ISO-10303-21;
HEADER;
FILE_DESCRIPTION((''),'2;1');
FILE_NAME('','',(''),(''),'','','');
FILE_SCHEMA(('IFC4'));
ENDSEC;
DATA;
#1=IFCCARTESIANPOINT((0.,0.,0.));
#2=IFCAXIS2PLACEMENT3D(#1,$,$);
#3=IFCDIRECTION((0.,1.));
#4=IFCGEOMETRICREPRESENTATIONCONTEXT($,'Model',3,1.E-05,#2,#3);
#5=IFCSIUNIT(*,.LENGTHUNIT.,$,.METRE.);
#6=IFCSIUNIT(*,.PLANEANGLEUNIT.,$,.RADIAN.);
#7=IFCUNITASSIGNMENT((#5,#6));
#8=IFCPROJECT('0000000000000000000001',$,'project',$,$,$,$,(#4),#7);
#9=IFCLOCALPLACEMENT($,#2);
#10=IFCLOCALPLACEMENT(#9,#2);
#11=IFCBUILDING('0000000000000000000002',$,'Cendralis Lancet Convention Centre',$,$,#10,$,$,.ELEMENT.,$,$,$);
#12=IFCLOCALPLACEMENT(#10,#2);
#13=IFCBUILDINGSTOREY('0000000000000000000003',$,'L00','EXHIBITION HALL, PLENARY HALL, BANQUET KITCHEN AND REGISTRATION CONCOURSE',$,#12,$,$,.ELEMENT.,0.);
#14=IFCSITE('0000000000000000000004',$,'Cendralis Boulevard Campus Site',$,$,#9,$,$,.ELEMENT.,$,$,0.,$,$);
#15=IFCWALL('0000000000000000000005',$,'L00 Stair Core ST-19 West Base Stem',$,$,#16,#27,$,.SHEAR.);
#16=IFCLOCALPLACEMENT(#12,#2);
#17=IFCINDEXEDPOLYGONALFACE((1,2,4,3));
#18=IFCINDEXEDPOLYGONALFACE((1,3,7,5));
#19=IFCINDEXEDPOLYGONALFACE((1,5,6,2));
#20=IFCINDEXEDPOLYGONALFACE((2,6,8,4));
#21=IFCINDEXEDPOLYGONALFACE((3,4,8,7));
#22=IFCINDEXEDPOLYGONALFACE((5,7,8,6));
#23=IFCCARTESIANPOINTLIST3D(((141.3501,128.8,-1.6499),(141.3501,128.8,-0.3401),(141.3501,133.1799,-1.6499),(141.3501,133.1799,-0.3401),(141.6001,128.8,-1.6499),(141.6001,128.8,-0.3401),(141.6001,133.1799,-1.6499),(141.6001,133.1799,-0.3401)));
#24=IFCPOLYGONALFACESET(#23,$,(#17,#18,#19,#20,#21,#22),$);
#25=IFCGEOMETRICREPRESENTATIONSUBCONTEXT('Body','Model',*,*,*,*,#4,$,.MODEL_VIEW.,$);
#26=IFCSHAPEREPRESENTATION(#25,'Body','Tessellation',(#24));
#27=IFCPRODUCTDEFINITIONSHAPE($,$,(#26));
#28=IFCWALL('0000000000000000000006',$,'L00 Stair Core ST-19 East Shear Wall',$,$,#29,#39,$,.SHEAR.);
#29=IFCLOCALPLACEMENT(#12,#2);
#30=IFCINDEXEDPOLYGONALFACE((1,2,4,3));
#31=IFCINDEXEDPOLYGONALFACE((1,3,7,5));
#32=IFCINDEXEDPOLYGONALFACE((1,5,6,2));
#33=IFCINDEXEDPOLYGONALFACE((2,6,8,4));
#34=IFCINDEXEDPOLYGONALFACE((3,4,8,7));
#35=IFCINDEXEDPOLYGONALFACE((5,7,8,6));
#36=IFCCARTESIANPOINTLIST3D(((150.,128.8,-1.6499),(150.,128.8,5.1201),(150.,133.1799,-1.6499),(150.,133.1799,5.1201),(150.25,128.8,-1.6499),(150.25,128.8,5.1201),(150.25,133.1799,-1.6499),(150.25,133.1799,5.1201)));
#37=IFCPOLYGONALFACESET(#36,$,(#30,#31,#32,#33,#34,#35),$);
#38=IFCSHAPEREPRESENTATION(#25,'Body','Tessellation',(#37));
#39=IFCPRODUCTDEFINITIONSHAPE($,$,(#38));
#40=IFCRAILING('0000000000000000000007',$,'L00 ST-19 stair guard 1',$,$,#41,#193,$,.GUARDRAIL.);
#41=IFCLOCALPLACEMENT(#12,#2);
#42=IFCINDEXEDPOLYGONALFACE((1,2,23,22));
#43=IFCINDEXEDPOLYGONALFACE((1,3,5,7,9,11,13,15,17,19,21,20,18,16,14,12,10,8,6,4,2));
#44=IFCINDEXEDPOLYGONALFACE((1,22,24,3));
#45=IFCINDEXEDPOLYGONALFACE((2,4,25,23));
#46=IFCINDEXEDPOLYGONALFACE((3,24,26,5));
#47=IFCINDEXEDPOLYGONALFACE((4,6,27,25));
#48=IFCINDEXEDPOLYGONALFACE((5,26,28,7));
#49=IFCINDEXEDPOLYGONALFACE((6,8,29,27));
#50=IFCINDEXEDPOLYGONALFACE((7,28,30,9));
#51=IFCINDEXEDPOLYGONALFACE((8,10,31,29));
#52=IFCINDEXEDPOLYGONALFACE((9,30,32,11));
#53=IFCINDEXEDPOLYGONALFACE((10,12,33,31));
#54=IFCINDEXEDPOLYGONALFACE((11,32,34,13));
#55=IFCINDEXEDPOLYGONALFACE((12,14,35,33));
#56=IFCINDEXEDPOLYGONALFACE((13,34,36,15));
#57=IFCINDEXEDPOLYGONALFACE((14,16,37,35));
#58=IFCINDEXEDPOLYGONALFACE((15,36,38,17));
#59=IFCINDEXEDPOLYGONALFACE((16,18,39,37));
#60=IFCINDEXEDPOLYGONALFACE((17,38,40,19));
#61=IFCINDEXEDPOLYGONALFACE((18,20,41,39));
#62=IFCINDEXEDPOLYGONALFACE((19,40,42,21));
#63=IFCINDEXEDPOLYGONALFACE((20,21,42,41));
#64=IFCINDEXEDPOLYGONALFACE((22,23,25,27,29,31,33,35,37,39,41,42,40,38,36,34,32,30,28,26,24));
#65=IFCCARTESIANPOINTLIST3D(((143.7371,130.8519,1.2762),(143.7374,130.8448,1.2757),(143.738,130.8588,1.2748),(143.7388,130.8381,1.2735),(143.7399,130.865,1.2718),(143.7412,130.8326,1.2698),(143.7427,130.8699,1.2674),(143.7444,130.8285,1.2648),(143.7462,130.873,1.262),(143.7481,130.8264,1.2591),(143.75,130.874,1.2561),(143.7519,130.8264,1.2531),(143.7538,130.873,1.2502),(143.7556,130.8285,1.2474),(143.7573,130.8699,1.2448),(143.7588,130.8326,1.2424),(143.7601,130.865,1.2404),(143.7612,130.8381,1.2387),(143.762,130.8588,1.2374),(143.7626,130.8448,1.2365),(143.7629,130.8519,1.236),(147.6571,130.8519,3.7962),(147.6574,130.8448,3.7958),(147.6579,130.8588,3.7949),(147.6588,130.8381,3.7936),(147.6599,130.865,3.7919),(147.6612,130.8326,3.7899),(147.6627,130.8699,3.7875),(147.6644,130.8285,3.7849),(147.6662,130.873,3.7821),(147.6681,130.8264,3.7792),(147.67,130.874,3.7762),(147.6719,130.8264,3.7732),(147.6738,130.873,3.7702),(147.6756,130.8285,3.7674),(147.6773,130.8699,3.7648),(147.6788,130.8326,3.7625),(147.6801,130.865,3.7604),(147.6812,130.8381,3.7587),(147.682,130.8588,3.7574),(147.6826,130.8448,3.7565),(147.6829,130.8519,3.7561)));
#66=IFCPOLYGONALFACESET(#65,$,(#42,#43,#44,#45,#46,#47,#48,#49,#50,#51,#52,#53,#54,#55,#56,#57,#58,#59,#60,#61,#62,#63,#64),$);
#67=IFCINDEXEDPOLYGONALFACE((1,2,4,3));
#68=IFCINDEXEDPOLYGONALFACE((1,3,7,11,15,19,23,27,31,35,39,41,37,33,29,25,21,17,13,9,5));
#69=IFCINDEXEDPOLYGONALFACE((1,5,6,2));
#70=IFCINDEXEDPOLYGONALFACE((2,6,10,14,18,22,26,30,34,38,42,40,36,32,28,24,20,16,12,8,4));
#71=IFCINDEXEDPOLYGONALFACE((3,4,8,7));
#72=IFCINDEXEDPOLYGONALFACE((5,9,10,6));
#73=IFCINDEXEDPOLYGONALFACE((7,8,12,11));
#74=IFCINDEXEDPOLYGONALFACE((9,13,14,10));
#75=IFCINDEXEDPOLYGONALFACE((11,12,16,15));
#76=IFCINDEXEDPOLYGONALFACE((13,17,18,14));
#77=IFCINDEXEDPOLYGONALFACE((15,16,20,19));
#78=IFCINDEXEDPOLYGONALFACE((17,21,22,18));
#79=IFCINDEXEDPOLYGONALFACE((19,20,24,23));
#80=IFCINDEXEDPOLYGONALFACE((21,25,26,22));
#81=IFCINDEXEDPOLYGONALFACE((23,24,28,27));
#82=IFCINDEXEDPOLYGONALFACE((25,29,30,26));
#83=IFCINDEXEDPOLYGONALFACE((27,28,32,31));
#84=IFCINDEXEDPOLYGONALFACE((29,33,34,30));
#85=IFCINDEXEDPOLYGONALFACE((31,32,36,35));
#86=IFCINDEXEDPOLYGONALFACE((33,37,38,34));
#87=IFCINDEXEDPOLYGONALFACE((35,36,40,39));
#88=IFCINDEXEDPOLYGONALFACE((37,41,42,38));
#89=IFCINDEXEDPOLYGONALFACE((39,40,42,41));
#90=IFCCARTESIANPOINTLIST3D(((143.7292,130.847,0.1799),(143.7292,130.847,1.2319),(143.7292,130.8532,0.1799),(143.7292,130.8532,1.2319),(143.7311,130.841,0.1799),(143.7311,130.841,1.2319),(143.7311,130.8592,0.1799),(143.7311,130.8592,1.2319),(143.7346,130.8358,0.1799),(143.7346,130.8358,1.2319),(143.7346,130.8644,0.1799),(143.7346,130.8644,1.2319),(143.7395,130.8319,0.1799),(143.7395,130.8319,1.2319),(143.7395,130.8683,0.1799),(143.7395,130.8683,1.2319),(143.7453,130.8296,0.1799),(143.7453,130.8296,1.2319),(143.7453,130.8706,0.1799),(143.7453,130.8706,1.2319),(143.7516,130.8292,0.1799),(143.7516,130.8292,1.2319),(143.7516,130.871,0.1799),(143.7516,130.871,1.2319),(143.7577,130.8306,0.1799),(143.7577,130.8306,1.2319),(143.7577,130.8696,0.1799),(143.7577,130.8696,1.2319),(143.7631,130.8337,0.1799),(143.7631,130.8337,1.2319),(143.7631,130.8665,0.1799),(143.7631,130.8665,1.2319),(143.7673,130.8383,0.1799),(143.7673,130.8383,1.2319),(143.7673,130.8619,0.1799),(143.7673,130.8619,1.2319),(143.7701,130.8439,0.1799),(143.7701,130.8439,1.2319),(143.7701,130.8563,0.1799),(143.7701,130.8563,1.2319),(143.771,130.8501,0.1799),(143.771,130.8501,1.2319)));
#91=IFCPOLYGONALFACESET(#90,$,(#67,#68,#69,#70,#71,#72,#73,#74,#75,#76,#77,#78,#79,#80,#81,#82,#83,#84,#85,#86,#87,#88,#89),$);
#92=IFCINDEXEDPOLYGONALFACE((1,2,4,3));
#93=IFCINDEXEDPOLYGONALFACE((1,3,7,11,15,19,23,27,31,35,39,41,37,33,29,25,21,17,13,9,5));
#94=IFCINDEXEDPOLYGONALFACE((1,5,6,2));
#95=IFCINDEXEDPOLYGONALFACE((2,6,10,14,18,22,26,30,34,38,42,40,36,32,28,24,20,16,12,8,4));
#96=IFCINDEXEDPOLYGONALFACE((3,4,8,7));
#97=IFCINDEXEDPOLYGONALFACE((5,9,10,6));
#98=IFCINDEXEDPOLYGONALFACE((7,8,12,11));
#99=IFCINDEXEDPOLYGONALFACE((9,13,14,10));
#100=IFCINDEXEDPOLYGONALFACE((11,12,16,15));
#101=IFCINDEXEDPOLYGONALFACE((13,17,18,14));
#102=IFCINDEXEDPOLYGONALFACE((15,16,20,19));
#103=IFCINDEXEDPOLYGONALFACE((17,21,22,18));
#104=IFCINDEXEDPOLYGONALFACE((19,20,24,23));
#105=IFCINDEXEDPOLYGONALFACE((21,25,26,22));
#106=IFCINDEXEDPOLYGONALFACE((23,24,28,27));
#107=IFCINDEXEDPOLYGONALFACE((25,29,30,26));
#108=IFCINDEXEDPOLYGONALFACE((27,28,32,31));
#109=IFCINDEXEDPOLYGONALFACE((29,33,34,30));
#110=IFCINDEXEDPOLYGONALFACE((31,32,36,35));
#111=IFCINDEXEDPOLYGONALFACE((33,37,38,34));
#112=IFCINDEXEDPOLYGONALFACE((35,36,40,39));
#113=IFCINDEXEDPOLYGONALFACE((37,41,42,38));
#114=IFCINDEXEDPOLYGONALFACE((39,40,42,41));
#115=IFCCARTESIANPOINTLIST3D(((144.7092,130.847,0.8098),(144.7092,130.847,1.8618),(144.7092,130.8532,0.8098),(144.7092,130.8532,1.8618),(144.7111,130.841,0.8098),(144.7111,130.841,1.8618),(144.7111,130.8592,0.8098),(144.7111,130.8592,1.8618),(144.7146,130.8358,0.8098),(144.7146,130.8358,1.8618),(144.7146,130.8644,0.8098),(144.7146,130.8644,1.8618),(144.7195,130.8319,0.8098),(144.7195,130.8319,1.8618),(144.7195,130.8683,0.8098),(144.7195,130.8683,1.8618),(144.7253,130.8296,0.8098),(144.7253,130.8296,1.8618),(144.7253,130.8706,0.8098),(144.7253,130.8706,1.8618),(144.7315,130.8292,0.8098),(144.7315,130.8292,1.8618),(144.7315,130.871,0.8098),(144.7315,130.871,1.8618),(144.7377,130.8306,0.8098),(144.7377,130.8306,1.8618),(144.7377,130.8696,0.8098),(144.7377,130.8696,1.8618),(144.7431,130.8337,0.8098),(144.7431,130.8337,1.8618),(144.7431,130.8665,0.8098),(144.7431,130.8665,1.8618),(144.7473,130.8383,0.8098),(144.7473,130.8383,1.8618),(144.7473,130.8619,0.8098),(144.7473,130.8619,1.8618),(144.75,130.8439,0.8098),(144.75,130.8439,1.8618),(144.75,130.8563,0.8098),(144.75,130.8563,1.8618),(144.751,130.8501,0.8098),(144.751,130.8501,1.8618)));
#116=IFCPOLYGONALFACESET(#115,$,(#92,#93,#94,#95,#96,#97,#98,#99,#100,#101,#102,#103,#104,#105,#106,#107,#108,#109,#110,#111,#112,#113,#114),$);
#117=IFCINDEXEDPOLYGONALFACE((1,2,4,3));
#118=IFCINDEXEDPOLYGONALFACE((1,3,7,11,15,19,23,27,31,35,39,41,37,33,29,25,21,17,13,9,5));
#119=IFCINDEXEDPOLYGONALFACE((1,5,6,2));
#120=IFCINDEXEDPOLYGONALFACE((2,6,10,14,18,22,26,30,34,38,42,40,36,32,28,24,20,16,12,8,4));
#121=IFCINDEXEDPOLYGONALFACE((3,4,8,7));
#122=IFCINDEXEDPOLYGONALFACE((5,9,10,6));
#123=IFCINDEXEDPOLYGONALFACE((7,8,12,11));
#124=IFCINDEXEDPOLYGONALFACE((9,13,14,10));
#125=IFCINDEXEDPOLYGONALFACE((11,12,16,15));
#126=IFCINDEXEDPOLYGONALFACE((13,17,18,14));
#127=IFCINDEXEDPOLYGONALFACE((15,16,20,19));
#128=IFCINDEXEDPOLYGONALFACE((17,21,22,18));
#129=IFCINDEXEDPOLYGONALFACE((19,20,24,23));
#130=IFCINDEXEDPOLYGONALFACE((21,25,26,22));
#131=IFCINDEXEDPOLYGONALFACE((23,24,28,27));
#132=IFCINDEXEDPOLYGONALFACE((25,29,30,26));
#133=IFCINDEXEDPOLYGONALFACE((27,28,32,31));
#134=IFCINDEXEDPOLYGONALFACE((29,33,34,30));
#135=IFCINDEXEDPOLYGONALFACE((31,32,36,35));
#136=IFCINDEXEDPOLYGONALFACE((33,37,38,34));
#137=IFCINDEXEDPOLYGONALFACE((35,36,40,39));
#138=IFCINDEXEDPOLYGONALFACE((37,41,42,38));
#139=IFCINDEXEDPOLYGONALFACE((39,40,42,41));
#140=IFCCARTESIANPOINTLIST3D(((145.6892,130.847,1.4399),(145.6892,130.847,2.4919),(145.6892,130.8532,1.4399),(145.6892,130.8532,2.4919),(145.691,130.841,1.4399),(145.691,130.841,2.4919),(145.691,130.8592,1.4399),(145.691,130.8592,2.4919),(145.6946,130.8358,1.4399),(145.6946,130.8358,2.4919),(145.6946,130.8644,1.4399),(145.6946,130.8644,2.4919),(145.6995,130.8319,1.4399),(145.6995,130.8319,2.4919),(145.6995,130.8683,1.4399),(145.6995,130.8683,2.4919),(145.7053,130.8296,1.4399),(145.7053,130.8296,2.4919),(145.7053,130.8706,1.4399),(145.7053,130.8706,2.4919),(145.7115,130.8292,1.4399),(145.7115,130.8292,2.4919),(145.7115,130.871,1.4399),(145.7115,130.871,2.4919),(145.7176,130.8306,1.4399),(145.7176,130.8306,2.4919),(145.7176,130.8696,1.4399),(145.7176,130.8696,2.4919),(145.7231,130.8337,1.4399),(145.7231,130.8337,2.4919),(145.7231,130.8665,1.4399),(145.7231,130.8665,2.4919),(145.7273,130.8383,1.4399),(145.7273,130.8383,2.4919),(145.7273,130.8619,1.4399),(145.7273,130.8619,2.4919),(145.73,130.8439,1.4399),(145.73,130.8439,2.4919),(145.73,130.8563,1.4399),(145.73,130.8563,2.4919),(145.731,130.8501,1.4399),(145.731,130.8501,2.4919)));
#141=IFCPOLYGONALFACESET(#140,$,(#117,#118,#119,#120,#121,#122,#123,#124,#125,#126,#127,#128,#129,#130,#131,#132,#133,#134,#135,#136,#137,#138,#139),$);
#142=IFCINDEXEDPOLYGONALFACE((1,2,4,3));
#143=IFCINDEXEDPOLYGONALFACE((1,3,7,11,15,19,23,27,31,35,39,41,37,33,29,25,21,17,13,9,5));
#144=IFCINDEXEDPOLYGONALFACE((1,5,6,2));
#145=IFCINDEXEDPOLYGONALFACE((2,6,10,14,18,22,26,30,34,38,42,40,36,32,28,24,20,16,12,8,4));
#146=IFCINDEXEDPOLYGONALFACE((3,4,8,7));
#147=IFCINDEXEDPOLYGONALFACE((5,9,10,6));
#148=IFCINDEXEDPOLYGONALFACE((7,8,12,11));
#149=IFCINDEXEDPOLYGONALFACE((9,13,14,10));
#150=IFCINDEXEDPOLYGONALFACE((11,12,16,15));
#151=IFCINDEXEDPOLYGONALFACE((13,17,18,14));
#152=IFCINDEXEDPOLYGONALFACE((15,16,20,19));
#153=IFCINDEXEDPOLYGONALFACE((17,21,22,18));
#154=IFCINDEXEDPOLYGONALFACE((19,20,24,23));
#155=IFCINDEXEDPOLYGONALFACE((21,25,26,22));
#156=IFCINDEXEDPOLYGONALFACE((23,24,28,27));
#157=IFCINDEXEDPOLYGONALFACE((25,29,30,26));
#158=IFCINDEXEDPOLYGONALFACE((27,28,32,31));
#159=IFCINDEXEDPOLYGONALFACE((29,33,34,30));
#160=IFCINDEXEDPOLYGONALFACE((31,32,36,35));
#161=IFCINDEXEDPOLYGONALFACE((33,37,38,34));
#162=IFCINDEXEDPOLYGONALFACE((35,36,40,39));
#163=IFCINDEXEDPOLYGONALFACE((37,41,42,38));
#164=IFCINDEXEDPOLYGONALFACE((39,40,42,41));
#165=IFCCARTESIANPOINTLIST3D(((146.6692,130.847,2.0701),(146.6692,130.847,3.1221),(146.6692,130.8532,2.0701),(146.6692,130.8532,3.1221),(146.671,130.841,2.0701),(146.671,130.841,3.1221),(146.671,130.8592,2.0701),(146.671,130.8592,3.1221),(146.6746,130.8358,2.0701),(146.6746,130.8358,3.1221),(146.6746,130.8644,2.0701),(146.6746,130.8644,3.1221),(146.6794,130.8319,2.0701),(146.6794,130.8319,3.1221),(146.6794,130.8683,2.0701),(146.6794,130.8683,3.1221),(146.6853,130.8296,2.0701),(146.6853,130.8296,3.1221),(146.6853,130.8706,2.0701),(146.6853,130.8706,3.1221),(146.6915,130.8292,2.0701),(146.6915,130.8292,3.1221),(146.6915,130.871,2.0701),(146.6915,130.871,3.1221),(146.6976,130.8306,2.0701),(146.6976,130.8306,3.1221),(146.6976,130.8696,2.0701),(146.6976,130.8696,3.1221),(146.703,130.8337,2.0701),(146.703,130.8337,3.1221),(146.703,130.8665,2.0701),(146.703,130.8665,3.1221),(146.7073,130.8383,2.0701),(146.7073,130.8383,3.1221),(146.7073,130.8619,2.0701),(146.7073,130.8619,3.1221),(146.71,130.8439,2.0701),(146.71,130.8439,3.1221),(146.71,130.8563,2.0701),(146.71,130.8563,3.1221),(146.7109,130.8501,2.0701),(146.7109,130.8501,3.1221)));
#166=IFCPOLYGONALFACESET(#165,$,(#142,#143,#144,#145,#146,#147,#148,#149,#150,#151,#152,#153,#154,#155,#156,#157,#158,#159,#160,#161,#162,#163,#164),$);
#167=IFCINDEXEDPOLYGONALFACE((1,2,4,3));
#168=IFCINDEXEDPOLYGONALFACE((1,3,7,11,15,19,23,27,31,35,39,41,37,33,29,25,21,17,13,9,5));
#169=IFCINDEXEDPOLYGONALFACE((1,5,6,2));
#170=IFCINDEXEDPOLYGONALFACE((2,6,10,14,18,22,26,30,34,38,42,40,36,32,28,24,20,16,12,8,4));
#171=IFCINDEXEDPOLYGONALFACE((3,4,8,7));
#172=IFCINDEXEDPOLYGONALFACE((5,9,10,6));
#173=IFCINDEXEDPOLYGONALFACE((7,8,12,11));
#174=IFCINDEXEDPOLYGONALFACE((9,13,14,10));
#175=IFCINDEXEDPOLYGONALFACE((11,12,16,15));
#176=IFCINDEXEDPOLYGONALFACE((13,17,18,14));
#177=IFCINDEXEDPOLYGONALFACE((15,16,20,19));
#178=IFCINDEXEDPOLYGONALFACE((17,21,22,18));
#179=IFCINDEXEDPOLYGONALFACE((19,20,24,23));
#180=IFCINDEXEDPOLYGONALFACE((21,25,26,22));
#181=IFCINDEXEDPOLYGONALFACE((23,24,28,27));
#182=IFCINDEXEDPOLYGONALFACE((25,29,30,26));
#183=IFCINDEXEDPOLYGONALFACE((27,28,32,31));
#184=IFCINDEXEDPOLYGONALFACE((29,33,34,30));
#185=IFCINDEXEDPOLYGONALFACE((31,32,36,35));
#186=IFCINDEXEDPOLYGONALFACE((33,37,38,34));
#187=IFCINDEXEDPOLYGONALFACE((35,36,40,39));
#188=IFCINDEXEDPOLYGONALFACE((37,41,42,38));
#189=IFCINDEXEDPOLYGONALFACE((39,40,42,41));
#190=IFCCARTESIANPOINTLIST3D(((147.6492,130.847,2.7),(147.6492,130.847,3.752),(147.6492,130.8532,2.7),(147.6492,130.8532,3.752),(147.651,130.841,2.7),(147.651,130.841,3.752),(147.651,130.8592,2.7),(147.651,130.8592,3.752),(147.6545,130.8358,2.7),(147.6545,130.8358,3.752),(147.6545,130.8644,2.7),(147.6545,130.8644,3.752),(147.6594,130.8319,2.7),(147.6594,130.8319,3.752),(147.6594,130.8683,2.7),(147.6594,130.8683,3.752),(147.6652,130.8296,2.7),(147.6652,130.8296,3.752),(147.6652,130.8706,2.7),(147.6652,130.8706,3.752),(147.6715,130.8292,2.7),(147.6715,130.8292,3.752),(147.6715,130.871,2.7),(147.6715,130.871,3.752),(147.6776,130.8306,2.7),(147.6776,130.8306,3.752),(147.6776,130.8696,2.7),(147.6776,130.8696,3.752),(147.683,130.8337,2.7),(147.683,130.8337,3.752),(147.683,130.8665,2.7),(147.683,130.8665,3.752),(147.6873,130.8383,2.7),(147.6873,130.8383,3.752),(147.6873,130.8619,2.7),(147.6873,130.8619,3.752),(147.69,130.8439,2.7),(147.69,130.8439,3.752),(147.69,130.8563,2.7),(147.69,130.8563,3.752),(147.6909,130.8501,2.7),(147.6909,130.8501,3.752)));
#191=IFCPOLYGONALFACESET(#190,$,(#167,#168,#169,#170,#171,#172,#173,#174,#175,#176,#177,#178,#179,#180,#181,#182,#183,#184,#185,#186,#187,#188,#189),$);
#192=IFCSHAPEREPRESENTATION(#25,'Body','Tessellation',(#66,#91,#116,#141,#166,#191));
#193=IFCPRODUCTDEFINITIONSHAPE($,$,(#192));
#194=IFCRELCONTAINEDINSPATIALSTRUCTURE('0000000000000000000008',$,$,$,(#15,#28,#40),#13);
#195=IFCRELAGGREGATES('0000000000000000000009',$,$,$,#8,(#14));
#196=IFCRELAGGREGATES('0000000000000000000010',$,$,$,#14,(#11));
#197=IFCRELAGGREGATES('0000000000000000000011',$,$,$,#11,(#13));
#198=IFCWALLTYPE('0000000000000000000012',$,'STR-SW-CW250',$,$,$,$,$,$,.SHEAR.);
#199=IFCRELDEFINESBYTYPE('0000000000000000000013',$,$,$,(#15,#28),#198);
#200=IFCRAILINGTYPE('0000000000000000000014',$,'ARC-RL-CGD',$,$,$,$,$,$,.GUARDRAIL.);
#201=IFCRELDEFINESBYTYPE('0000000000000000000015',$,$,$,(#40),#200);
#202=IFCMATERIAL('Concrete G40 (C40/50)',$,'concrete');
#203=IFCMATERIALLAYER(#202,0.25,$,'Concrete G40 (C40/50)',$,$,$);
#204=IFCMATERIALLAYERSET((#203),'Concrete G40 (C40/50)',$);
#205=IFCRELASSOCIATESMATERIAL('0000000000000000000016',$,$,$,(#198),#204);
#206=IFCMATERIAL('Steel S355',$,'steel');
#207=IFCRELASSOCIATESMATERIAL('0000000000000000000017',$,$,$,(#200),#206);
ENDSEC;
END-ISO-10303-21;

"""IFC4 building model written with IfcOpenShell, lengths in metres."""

from ifc_helpers import new_model, si_unit, direction, frame, frame_2d, origin, origin_2d, place, context, subcontext, project, spatial, rectangle, circle, extrude, material, layer, layer_set, type_object, element, save


model = new_model("IFC4")

# Units and contexts
model_context = context("Model", 3, precision=1e-05, world=origin(), true_north=direction((0.0, 1.0)))
body_context = subcontext(model_context, "Body", "Model", "MODEL_VIEW")
ifc_project = project(units=[si_unit("LENGTHUNIT", "METRE"), si_unit("PLANEANGLEUNIT", "RADIAN")], contexts=[model_context])

# Site, building, storey
site_placement = place(None, origin())
site = spatial("IfcSite", under=ifc_project, at=site_placement, Name="Cendralis Boulevard Campus Site", CompositionType="ELEMENT", RefElevation=0.0)
building_placement = place(site_placement, origin())
building = spatial("IfcBuilding", under=site, at=building_placement, Name="Cendralis Lancet Convention Centre", CompositionType="ELEMENT")
storey_placement = place(building_placement, origin())
storey = spatial("IfcBuildingStorey", under=building, at=storey_placement, Name="L00", Description="EXHIBITION HALL, PLENARY HALL, BANQUET KITCHEN AND REGISTRATION CONCOURSE", CompositionType="ELEMENT", Elevation=0.0)

# Shared definitions
ifc_material_1 = material(Name="Concrete G40 (C40/50)", Category="concrete")

# Shared definitions
ifc_material_2 = material(Name="Steel S355", Category="steel")

# Wall
ifc_layer_1 = layer(ifc_material_1, 0.25, Name="Concrete G40 (C40/50)")
ifc_layer_set_1 = layer_set([ifc_layer_1], Name="Concrete G40 (C40/50)")
wall_type_1 = type_object("IfcWallType", Name="STR-SW-CW250", PredefinedType="SHEAR", material=ifc_layer_set_1)
wall_1_placement = place(storey_placement, frame((141.4751, 128.8, -1.6499), z_axis=(0.0, 0.0, 1.0), x_axis=(0.0, 1.0, 0.0)))
element("IfcWall", 1, at=wall_1_placement, inside=storey, type_object=wall_type_1, Name="L00 Stair Core ST-19 West Base Stem", PredefinedType="SHEAR", context=body_context, shape_type="SweptSolid", body=[
    extrude(rectangle(XDim=4.3799, YDim=0.25, at=frame_2d((2.1899, 0.0))), origin(), (0.0, 0.0, 1.0), 1.3098),
])

# Wall
wall_2_placement = place(storey_placement, frame((150.125, 128.8, -1.6499), z_axis=(0.0, 0.0, 1.0), x_axis=(0.0, 1.0, 0.0)))
element("IfcWall", 2, at=wall_2_placement, inside=storey, type_object=wall_type_1, Name="L00 Stair Core ST-19 East Shear Wall", PredefinedType="SHEAR", context=body_context, shape_type="SweptSolid", body=[
    extrude(rectangle(XDim=4.3799, YDim=0.25, at=frame_2d((2.1899, 0.0))), origin(), (0.0, 0.0, 1.0), 6.77),
])

# Railing
railing_type_1 = type_object("IfcRailingType", Name="ARC-RL-CGD", PredefinedType="GUARDRAIL", material=ifc_material_2)
railing_1_placement = place(storey_placement, frame((143.75, 130.8501, 0.1799)))
element("IfcRailing", 3, at=railing_1_placement, inside=storey, type_object=railing_type_1, Name="L00 ST-19 stair guard 1", PredefinedType="GUARDRAIL", context=body_context, shape_type="SweptSolid", body=[
    extrude(circle(Radius=0.0239, at=origin_2d()), frame((0.0, 0.0, 1.0762), z_axis=(0.841172, 0.0, 0.540768), x_axis=(0.0, 1.0, 0.0)), (0.0, 0.0, 1.0), 4.6602),
    extrude(circle(Radius=0.021, at=origin_2d()), origin(), (0.0, 0.0, 1.0), 1.052),
    extrude(circle(Radius=0.021, at=origin_2d()), frame((0.98, 0.0, 0.6299)), (0.0, 0.0, 1.0), 1.052),
    extrude(circle(Radius=0.021, at=origin_2d()), frame((1.96, 0.0, 1.26)), (0.0, 0.0, 1.0), 1.052),
    extrude(circle(Radius=0.021, at=origin_2d()), frame((2.9399, 0.0, 1.8901)), (0.0, 0.0, 1.0), 1.052),
    extrude(circle(Radius=0.021, at=origin_2d()), frame((3.9199, 0.0, 2.52)), (0.0, 0.0, 1.0), 1.052),
])

save(model, "model.ifc")
